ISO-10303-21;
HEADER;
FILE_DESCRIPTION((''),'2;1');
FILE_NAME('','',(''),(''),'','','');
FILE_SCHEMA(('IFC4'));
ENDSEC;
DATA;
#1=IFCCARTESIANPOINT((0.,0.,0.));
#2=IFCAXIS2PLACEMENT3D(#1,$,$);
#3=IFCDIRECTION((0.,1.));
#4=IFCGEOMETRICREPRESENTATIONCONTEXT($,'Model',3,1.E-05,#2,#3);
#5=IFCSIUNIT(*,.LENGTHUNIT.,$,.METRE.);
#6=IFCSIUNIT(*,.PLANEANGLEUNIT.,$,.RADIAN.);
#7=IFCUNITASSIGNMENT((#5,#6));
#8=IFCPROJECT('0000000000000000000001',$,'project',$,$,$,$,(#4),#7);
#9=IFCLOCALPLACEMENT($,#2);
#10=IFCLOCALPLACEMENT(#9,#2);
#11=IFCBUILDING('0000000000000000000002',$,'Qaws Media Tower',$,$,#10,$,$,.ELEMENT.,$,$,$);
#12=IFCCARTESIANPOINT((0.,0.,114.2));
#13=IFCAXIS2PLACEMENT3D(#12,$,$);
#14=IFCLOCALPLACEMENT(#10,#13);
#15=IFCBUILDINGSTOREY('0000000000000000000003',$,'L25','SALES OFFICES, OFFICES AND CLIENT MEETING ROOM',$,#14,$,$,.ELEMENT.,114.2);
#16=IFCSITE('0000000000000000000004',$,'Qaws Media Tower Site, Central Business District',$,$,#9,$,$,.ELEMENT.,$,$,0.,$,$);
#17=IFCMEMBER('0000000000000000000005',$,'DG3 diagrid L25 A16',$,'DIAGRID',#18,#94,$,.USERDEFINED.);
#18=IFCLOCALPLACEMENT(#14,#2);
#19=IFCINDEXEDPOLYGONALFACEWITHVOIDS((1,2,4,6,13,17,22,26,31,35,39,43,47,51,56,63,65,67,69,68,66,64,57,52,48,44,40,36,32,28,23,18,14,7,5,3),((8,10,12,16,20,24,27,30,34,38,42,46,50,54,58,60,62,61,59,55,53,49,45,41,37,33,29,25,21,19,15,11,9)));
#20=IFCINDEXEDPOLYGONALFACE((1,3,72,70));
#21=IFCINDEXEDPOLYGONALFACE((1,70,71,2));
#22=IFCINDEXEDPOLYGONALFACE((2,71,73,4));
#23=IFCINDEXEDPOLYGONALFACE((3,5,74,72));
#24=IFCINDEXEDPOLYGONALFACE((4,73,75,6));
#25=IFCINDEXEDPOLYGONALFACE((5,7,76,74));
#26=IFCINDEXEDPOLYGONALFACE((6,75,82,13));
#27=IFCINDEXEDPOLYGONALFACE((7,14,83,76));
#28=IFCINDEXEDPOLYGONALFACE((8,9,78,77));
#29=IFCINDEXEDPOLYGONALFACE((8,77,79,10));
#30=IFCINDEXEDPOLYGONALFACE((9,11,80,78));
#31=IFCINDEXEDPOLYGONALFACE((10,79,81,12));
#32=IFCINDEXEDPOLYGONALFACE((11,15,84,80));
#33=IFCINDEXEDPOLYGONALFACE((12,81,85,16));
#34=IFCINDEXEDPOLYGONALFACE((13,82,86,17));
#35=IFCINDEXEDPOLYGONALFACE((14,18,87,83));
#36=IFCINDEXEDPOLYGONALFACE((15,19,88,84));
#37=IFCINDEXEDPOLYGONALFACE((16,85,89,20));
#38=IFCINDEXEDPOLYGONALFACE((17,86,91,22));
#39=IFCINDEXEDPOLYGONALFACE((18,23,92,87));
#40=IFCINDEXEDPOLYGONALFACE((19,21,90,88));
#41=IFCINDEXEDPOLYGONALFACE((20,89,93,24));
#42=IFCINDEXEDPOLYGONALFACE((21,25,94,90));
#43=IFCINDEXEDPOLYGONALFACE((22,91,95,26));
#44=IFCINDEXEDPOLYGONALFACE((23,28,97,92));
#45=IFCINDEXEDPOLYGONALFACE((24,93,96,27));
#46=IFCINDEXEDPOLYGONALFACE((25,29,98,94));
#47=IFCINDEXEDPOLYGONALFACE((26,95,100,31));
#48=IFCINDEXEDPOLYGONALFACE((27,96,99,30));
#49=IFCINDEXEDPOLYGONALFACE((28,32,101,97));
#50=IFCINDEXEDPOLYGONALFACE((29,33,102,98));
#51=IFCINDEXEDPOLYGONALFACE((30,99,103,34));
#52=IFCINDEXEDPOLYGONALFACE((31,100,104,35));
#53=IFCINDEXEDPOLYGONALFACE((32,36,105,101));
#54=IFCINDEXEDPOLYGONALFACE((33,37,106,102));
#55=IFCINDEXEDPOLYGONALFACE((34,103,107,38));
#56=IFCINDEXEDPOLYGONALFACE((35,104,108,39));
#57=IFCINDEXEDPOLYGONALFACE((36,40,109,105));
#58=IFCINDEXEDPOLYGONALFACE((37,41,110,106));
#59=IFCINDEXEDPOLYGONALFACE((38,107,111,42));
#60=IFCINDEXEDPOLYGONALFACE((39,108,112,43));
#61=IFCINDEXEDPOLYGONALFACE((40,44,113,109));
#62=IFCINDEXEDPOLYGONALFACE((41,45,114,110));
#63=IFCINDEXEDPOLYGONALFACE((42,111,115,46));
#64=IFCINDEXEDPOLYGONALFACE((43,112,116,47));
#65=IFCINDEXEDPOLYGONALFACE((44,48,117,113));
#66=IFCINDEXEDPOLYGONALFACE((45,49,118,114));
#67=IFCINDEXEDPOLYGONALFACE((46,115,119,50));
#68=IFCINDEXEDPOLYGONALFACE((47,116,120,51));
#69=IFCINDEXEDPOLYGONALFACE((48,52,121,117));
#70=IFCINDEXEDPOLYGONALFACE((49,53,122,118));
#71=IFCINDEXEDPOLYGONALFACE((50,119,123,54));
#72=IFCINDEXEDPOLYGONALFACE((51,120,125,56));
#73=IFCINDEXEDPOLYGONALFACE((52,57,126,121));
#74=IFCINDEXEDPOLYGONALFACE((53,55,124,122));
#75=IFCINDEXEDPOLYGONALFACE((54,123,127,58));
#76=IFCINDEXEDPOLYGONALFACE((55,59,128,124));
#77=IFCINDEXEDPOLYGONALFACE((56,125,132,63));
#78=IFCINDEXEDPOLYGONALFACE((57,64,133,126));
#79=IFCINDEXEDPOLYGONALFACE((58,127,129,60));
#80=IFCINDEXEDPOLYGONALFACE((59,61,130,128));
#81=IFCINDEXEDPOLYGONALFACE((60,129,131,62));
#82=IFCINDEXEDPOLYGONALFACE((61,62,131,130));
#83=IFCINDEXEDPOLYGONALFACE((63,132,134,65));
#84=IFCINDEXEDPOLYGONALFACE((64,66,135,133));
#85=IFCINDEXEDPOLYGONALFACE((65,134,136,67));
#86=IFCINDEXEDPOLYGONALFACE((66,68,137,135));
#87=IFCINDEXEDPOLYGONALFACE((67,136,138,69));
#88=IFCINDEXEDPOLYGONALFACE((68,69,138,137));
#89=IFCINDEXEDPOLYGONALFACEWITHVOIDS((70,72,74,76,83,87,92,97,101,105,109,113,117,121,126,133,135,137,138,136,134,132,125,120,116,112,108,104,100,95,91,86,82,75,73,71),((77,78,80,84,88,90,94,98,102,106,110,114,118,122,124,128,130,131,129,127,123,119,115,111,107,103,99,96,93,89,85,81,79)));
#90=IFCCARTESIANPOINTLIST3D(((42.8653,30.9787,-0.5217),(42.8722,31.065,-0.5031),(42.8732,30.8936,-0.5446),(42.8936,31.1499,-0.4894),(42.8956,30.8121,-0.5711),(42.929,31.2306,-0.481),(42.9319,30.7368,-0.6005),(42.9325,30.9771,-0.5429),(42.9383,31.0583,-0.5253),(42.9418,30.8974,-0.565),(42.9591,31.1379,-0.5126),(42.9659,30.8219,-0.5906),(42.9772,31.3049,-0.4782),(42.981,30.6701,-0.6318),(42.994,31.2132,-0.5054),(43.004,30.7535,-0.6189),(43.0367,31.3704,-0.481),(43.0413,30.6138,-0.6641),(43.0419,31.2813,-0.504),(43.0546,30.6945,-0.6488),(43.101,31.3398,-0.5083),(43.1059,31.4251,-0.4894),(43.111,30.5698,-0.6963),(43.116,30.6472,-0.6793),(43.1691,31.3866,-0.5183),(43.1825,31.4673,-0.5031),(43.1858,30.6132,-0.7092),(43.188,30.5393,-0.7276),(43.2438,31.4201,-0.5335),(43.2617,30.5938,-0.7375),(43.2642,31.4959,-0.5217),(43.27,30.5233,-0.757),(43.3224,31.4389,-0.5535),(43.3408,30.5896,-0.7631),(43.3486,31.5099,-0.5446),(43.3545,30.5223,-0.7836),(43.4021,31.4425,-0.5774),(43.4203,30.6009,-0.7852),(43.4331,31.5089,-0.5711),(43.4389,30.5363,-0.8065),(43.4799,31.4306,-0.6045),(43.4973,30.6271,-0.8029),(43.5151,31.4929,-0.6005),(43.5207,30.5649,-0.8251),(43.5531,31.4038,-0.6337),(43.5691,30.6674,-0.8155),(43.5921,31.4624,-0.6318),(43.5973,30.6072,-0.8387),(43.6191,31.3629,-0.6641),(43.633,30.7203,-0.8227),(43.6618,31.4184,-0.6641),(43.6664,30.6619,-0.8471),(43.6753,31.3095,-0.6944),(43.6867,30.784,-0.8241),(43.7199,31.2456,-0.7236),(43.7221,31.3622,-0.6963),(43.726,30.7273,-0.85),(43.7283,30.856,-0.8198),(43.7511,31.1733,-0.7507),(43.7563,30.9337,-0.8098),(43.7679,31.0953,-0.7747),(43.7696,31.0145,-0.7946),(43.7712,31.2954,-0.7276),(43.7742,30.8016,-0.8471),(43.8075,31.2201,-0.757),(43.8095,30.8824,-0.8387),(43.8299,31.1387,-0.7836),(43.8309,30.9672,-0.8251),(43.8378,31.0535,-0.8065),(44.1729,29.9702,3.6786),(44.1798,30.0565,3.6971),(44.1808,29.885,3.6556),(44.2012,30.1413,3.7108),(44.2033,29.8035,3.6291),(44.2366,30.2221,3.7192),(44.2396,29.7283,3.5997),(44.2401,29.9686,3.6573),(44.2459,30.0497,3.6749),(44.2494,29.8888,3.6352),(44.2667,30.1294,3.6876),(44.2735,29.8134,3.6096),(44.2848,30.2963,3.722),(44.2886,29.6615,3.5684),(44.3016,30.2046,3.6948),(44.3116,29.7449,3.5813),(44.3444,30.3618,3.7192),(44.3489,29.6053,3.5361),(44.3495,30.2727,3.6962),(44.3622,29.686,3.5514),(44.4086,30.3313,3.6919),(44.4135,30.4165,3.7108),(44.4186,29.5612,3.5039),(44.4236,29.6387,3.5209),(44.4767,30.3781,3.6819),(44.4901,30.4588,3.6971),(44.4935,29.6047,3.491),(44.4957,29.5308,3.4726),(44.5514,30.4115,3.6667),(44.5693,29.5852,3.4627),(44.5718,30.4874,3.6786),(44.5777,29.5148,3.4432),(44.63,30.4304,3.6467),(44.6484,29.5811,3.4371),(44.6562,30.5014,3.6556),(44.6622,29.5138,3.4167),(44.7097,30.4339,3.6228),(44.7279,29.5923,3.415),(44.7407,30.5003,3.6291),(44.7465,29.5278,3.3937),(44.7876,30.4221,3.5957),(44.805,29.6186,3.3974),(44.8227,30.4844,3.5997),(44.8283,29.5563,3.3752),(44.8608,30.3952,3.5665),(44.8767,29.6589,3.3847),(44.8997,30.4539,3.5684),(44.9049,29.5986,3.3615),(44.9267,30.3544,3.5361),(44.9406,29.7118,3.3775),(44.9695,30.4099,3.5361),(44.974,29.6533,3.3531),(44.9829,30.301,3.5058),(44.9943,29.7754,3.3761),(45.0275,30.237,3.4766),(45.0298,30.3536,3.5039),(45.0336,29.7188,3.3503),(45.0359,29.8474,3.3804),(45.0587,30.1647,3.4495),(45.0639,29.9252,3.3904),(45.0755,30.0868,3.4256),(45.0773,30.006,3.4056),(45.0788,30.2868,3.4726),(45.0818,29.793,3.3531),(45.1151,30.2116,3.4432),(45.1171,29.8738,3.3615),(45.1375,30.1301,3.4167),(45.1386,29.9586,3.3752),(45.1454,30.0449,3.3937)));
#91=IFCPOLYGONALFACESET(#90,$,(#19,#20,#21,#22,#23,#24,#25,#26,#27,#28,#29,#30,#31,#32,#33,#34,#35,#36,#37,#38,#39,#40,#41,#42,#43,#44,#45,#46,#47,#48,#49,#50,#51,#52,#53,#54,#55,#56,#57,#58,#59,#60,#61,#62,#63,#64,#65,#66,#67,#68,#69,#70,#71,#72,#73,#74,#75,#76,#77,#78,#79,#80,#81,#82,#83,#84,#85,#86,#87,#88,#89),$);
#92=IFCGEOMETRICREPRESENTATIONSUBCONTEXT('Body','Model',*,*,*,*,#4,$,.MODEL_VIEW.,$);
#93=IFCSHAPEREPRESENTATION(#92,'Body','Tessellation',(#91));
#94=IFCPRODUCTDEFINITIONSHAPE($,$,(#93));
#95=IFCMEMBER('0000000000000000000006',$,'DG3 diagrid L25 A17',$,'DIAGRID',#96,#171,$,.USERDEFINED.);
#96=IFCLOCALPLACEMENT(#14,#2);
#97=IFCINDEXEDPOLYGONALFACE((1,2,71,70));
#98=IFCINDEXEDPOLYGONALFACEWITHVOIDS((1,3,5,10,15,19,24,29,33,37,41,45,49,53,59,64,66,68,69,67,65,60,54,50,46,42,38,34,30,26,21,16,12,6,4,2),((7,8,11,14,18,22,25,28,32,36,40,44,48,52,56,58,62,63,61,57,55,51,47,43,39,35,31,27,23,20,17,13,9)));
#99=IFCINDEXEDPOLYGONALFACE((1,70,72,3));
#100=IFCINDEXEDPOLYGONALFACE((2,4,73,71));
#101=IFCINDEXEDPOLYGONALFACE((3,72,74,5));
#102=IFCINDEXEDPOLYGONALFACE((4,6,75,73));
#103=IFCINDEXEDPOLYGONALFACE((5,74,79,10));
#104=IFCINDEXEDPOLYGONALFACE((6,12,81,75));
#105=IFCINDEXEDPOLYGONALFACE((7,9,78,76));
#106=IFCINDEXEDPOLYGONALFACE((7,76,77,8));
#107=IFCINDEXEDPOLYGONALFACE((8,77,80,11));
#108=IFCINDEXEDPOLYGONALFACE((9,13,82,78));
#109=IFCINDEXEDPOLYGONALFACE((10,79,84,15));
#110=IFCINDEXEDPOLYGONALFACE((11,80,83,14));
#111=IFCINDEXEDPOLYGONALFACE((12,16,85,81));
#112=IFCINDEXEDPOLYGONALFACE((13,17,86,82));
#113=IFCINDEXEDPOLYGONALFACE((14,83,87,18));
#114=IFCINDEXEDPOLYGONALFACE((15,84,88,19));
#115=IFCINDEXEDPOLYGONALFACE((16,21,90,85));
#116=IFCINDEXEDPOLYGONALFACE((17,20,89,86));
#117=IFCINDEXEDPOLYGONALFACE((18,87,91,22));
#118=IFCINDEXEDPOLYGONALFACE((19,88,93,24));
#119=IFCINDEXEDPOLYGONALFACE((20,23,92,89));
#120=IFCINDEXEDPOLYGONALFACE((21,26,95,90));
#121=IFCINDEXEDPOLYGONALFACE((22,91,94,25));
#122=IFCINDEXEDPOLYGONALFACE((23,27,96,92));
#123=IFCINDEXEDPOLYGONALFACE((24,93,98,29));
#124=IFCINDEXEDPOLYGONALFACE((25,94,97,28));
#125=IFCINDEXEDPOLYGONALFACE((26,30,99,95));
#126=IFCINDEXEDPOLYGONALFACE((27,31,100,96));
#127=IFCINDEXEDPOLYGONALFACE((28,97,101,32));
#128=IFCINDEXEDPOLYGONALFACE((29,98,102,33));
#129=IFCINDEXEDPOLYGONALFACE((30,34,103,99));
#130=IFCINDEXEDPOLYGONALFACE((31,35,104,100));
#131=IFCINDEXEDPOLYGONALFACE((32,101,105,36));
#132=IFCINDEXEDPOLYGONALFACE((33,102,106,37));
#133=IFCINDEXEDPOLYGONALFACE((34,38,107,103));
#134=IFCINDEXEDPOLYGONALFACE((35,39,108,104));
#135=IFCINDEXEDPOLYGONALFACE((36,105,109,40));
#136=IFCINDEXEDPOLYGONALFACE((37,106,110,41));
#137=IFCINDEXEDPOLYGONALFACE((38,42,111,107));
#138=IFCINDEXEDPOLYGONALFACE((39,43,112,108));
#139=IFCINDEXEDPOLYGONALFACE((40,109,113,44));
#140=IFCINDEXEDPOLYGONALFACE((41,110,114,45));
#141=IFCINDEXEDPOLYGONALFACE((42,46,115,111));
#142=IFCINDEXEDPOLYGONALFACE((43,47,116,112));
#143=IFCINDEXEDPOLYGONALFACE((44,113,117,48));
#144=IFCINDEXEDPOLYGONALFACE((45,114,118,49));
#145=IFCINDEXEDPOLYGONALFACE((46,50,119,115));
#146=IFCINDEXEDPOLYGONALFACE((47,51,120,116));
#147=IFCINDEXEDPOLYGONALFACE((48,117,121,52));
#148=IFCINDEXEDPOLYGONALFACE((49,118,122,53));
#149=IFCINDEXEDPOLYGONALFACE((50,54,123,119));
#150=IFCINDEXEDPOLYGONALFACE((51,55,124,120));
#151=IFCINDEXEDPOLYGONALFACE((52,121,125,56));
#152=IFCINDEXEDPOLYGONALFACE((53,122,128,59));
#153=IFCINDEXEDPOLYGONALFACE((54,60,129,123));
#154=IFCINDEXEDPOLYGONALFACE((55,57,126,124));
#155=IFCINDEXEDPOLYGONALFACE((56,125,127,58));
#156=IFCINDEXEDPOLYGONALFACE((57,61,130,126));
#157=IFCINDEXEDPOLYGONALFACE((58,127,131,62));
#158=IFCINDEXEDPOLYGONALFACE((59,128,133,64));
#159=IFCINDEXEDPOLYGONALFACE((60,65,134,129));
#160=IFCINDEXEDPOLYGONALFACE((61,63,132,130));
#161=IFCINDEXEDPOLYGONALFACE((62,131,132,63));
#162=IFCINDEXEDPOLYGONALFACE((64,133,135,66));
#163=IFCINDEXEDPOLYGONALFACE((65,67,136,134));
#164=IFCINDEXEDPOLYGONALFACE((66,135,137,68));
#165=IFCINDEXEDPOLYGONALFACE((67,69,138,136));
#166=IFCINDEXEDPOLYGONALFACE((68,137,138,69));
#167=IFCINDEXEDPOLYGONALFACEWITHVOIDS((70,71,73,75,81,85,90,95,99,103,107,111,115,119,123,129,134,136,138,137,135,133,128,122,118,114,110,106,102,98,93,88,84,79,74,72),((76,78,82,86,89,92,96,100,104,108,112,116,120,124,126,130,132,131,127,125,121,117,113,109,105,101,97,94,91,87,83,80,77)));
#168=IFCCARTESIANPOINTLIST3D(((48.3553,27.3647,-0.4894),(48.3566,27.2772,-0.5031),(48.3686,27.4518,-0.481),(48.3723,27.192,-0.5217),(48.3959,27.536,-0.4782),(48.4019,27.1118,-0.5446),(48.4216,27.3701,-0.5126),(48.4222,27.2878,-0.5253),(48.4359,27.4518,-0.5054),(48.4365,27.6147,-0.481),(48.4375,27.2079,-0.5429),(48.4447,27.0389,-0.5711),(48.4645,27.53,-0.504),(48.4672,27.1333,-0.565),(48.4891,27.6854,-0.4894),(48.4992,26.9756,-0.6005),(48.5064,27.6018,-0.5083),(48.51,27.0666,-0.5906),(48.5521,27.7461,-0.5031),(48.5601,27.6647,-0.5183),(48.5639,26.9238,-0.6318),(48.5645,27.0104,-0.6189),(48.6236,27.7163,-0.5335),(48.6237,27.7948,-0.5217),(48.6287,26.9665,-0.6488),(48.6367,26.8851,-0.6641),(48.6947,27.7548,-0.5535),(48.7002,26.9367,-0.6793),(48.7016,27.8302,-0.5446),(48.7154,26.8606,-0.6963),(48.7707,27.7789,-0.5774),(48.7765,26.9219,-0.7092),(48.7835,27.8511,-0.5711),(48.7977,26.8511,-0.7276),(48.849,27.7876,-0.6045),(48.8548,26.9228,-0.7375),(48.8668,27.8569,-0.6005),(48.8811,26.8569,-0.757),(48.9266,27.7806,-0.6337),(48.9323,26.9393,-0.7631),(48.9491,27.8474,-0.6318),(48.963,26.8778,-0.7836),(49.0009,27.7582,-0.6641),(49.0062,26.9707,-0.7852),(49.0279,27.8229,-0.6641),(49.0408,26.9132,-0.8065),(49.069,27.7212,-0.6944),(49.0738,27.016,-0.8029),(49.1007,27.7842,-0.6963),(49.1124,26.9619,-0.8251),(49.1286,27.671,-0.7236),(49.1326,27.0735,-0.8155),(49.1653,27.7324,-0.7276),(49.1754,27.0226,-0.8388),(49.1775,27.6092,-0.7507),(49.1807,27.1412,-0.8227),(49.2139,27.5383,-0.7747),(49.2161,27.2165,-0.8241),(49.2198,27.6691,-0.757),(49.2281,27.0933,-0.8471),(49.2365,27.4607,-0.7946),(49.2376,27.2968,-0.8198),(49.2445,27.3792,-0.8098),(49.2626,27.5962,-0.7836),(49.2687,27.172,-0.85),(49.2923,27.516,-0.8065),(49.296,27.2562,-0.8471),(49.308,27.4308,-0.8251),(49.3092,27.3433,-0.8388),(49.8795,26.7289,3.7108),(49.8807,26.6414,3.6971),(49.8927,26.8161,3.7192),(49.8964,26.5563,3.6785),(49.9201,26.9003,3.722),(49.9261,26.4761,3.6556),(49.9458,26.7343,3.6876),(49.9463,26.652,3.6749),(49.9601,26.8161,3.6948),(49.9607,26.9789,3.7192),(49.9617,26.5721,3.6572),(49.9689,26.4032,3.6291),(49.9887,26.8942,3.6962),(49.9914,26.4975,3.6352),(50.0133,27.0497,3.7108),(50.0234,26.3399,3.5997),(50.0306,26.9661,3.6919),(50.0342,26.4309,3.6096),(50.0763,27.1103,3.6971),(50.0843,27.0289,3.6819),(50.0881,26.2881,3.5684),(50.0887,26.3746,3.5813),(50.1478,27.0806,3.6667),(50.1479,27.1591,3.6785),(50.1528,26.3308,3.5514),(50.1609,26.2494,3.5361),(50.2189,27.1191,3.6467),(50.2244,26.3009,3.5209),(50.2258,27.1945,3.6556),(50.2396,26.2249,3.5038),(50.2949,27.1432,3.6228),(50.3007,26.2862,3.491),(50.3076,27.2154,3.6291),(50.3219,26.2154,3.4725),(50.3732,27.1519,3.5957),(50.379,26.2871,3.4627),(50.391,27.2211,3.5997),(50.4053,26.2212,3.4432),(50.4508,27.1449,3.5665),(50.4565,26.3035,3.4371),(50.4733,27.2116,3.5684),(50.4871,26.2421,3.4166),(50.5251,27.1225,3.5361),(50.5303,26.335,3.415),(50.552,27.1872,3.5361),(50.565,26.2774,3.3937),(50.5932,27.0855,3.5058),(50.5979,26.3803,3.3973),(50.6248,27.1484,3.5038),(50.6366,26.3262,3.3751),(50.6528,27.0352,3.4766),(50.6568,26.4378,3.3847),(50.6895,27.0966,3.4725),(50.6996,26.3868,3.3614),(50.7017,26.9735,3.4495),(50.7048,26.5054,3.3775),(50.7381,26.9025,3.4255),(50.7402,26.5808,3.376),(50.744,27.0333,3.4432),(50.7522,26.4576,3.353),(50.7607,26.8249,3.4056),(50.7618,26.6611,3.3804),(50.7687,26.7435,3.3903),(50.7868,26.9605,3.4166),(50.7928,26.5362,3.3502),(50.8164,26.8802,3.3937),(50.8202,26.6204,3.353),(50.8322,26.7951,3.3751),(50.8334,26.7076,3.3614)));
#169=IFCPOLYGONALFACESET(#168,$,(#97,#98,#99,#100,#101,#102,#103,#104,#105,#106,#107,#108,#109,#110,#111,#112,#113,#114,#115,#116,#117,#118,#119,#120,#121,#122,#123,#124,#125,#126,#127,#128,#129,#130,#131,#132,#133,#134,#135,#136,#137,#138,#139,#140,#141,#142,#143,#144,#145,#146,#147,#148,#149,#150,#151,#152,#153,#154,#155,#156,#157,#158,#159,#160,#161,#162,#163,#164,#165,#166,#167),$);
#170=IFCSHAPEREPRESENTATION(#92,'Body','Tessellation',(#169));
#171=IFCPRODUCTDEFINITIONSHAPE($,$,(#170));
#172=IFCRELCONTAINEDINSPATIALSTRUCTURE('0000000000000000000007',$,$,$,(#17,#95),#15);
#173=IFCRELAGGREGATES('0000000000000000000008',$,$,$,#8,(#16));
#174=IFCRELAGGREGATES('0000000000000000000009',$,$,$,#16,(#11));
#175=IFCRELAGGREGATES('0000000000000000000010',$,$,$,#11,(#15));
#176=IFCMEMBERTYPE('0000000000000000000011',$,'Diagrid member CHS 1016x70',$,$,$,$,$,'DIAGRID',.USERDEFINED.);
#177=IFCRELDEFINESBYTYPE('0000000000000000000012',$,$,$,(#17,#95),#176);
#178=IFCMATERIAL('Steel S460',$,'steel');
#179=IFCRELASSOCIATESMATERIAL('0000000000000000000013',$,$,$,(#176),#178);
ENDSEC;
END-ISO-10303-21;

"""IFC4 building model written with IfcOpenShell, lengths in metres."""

from ifc_helpers import new_model, si_unit, direction, frame, origin, origin_2d, place, context, subcontext, project, spatial, hollow_circle, extrude, material, material_profile, profile_set, type_object, element, save


model = new_model("IFC4")

# Units and contexts
model_context = context("Model", 3, precision=1e-05, world=origin(), true_north=direction((0.0, 1.0)))
body_context = subcontext(model_context, "Body", "Model", "MODEL_VIEW")
ifc_project = project(units=[si_unit("LENGTHUNIT", "METRE"), si_unit("PLANEANGLEUNIT", "RADIAN")], contexts=[model_context])

# Site, building, storey
site_placement = place(None, origin())
site = spatial("IfcSite", under=ifc_project, at=site_placement, Name="Qaws Media Tower Site, Central Business District", CompositionType="ELEMENT", RefElevation=0.0)
building_placement = place(site_placement, origin())
building = spatial("IfcBuilding", under=site, at=building_placement, Name="Qaws Media Tower", CompositionType="ELEMENT")
storey_placement = place(building_placement, frame((0.0, 0.0, 114.2)))
storey = spatial("IfcBuildingStorey", under=building, at=storey_placement, Name="L25", Description="SALES OFFICES, OFFICES AND CLIENT MEETING ROOM", CompositionType="ELEMENT", Elevation=114.2)

# Members
ifc_material_1 = material(Name="Steel S460", Category="steel")
ifc_material_profile_1 = material_profile(ifc_material_1, hollow_circle(Radius=0.5081, WallThickness=0.0701, at=origin_2d()), Name="CHS 1016x70")
ifc_profile_set_1 = profile_set([ifc_material_profile_1], Name="Steel S460")
member_type_1 = type_object("IfcMemberType", Name="Diagrid member CHS 1016x70", ElementType="DIAGRID", PredefinedType="USERDEFINED", material=ifc_profile_set_1)
for number, where, z_axis, x_axis, name in (
    (1, (43.3516, 31.0161, -0.6641), (0.289734, -0.223467, 0.930654), (0.610732, 0.791837, 0.0), "DG3 diagrid L25 A16"),
    (2, (48.8323, 27.354, -0.6641), (0.337714, -0.140863, 0.930648), (0.384962, 0.922933, 0.0), "DG3 diagrid L25 A17"),
):
    element("IfcMember", number, at=place(storey_placement, frame(where, z_axis=z_axis, x_axis=x_axis)), inside=storey, type_object=member_type_1, Name=name, ObjectType="DIAGRID", PredefinedType="USERDEFINED", context=body_context, shape_type="SweptSolid", body=[
        extrude(hollow_circle(Radius=0.5081, WallThickness=0.0701, at=origin_2d()), origin(), (0.0, 0.0, 1.0), 4.5132),
    ])

save(model, "model.ifc")
